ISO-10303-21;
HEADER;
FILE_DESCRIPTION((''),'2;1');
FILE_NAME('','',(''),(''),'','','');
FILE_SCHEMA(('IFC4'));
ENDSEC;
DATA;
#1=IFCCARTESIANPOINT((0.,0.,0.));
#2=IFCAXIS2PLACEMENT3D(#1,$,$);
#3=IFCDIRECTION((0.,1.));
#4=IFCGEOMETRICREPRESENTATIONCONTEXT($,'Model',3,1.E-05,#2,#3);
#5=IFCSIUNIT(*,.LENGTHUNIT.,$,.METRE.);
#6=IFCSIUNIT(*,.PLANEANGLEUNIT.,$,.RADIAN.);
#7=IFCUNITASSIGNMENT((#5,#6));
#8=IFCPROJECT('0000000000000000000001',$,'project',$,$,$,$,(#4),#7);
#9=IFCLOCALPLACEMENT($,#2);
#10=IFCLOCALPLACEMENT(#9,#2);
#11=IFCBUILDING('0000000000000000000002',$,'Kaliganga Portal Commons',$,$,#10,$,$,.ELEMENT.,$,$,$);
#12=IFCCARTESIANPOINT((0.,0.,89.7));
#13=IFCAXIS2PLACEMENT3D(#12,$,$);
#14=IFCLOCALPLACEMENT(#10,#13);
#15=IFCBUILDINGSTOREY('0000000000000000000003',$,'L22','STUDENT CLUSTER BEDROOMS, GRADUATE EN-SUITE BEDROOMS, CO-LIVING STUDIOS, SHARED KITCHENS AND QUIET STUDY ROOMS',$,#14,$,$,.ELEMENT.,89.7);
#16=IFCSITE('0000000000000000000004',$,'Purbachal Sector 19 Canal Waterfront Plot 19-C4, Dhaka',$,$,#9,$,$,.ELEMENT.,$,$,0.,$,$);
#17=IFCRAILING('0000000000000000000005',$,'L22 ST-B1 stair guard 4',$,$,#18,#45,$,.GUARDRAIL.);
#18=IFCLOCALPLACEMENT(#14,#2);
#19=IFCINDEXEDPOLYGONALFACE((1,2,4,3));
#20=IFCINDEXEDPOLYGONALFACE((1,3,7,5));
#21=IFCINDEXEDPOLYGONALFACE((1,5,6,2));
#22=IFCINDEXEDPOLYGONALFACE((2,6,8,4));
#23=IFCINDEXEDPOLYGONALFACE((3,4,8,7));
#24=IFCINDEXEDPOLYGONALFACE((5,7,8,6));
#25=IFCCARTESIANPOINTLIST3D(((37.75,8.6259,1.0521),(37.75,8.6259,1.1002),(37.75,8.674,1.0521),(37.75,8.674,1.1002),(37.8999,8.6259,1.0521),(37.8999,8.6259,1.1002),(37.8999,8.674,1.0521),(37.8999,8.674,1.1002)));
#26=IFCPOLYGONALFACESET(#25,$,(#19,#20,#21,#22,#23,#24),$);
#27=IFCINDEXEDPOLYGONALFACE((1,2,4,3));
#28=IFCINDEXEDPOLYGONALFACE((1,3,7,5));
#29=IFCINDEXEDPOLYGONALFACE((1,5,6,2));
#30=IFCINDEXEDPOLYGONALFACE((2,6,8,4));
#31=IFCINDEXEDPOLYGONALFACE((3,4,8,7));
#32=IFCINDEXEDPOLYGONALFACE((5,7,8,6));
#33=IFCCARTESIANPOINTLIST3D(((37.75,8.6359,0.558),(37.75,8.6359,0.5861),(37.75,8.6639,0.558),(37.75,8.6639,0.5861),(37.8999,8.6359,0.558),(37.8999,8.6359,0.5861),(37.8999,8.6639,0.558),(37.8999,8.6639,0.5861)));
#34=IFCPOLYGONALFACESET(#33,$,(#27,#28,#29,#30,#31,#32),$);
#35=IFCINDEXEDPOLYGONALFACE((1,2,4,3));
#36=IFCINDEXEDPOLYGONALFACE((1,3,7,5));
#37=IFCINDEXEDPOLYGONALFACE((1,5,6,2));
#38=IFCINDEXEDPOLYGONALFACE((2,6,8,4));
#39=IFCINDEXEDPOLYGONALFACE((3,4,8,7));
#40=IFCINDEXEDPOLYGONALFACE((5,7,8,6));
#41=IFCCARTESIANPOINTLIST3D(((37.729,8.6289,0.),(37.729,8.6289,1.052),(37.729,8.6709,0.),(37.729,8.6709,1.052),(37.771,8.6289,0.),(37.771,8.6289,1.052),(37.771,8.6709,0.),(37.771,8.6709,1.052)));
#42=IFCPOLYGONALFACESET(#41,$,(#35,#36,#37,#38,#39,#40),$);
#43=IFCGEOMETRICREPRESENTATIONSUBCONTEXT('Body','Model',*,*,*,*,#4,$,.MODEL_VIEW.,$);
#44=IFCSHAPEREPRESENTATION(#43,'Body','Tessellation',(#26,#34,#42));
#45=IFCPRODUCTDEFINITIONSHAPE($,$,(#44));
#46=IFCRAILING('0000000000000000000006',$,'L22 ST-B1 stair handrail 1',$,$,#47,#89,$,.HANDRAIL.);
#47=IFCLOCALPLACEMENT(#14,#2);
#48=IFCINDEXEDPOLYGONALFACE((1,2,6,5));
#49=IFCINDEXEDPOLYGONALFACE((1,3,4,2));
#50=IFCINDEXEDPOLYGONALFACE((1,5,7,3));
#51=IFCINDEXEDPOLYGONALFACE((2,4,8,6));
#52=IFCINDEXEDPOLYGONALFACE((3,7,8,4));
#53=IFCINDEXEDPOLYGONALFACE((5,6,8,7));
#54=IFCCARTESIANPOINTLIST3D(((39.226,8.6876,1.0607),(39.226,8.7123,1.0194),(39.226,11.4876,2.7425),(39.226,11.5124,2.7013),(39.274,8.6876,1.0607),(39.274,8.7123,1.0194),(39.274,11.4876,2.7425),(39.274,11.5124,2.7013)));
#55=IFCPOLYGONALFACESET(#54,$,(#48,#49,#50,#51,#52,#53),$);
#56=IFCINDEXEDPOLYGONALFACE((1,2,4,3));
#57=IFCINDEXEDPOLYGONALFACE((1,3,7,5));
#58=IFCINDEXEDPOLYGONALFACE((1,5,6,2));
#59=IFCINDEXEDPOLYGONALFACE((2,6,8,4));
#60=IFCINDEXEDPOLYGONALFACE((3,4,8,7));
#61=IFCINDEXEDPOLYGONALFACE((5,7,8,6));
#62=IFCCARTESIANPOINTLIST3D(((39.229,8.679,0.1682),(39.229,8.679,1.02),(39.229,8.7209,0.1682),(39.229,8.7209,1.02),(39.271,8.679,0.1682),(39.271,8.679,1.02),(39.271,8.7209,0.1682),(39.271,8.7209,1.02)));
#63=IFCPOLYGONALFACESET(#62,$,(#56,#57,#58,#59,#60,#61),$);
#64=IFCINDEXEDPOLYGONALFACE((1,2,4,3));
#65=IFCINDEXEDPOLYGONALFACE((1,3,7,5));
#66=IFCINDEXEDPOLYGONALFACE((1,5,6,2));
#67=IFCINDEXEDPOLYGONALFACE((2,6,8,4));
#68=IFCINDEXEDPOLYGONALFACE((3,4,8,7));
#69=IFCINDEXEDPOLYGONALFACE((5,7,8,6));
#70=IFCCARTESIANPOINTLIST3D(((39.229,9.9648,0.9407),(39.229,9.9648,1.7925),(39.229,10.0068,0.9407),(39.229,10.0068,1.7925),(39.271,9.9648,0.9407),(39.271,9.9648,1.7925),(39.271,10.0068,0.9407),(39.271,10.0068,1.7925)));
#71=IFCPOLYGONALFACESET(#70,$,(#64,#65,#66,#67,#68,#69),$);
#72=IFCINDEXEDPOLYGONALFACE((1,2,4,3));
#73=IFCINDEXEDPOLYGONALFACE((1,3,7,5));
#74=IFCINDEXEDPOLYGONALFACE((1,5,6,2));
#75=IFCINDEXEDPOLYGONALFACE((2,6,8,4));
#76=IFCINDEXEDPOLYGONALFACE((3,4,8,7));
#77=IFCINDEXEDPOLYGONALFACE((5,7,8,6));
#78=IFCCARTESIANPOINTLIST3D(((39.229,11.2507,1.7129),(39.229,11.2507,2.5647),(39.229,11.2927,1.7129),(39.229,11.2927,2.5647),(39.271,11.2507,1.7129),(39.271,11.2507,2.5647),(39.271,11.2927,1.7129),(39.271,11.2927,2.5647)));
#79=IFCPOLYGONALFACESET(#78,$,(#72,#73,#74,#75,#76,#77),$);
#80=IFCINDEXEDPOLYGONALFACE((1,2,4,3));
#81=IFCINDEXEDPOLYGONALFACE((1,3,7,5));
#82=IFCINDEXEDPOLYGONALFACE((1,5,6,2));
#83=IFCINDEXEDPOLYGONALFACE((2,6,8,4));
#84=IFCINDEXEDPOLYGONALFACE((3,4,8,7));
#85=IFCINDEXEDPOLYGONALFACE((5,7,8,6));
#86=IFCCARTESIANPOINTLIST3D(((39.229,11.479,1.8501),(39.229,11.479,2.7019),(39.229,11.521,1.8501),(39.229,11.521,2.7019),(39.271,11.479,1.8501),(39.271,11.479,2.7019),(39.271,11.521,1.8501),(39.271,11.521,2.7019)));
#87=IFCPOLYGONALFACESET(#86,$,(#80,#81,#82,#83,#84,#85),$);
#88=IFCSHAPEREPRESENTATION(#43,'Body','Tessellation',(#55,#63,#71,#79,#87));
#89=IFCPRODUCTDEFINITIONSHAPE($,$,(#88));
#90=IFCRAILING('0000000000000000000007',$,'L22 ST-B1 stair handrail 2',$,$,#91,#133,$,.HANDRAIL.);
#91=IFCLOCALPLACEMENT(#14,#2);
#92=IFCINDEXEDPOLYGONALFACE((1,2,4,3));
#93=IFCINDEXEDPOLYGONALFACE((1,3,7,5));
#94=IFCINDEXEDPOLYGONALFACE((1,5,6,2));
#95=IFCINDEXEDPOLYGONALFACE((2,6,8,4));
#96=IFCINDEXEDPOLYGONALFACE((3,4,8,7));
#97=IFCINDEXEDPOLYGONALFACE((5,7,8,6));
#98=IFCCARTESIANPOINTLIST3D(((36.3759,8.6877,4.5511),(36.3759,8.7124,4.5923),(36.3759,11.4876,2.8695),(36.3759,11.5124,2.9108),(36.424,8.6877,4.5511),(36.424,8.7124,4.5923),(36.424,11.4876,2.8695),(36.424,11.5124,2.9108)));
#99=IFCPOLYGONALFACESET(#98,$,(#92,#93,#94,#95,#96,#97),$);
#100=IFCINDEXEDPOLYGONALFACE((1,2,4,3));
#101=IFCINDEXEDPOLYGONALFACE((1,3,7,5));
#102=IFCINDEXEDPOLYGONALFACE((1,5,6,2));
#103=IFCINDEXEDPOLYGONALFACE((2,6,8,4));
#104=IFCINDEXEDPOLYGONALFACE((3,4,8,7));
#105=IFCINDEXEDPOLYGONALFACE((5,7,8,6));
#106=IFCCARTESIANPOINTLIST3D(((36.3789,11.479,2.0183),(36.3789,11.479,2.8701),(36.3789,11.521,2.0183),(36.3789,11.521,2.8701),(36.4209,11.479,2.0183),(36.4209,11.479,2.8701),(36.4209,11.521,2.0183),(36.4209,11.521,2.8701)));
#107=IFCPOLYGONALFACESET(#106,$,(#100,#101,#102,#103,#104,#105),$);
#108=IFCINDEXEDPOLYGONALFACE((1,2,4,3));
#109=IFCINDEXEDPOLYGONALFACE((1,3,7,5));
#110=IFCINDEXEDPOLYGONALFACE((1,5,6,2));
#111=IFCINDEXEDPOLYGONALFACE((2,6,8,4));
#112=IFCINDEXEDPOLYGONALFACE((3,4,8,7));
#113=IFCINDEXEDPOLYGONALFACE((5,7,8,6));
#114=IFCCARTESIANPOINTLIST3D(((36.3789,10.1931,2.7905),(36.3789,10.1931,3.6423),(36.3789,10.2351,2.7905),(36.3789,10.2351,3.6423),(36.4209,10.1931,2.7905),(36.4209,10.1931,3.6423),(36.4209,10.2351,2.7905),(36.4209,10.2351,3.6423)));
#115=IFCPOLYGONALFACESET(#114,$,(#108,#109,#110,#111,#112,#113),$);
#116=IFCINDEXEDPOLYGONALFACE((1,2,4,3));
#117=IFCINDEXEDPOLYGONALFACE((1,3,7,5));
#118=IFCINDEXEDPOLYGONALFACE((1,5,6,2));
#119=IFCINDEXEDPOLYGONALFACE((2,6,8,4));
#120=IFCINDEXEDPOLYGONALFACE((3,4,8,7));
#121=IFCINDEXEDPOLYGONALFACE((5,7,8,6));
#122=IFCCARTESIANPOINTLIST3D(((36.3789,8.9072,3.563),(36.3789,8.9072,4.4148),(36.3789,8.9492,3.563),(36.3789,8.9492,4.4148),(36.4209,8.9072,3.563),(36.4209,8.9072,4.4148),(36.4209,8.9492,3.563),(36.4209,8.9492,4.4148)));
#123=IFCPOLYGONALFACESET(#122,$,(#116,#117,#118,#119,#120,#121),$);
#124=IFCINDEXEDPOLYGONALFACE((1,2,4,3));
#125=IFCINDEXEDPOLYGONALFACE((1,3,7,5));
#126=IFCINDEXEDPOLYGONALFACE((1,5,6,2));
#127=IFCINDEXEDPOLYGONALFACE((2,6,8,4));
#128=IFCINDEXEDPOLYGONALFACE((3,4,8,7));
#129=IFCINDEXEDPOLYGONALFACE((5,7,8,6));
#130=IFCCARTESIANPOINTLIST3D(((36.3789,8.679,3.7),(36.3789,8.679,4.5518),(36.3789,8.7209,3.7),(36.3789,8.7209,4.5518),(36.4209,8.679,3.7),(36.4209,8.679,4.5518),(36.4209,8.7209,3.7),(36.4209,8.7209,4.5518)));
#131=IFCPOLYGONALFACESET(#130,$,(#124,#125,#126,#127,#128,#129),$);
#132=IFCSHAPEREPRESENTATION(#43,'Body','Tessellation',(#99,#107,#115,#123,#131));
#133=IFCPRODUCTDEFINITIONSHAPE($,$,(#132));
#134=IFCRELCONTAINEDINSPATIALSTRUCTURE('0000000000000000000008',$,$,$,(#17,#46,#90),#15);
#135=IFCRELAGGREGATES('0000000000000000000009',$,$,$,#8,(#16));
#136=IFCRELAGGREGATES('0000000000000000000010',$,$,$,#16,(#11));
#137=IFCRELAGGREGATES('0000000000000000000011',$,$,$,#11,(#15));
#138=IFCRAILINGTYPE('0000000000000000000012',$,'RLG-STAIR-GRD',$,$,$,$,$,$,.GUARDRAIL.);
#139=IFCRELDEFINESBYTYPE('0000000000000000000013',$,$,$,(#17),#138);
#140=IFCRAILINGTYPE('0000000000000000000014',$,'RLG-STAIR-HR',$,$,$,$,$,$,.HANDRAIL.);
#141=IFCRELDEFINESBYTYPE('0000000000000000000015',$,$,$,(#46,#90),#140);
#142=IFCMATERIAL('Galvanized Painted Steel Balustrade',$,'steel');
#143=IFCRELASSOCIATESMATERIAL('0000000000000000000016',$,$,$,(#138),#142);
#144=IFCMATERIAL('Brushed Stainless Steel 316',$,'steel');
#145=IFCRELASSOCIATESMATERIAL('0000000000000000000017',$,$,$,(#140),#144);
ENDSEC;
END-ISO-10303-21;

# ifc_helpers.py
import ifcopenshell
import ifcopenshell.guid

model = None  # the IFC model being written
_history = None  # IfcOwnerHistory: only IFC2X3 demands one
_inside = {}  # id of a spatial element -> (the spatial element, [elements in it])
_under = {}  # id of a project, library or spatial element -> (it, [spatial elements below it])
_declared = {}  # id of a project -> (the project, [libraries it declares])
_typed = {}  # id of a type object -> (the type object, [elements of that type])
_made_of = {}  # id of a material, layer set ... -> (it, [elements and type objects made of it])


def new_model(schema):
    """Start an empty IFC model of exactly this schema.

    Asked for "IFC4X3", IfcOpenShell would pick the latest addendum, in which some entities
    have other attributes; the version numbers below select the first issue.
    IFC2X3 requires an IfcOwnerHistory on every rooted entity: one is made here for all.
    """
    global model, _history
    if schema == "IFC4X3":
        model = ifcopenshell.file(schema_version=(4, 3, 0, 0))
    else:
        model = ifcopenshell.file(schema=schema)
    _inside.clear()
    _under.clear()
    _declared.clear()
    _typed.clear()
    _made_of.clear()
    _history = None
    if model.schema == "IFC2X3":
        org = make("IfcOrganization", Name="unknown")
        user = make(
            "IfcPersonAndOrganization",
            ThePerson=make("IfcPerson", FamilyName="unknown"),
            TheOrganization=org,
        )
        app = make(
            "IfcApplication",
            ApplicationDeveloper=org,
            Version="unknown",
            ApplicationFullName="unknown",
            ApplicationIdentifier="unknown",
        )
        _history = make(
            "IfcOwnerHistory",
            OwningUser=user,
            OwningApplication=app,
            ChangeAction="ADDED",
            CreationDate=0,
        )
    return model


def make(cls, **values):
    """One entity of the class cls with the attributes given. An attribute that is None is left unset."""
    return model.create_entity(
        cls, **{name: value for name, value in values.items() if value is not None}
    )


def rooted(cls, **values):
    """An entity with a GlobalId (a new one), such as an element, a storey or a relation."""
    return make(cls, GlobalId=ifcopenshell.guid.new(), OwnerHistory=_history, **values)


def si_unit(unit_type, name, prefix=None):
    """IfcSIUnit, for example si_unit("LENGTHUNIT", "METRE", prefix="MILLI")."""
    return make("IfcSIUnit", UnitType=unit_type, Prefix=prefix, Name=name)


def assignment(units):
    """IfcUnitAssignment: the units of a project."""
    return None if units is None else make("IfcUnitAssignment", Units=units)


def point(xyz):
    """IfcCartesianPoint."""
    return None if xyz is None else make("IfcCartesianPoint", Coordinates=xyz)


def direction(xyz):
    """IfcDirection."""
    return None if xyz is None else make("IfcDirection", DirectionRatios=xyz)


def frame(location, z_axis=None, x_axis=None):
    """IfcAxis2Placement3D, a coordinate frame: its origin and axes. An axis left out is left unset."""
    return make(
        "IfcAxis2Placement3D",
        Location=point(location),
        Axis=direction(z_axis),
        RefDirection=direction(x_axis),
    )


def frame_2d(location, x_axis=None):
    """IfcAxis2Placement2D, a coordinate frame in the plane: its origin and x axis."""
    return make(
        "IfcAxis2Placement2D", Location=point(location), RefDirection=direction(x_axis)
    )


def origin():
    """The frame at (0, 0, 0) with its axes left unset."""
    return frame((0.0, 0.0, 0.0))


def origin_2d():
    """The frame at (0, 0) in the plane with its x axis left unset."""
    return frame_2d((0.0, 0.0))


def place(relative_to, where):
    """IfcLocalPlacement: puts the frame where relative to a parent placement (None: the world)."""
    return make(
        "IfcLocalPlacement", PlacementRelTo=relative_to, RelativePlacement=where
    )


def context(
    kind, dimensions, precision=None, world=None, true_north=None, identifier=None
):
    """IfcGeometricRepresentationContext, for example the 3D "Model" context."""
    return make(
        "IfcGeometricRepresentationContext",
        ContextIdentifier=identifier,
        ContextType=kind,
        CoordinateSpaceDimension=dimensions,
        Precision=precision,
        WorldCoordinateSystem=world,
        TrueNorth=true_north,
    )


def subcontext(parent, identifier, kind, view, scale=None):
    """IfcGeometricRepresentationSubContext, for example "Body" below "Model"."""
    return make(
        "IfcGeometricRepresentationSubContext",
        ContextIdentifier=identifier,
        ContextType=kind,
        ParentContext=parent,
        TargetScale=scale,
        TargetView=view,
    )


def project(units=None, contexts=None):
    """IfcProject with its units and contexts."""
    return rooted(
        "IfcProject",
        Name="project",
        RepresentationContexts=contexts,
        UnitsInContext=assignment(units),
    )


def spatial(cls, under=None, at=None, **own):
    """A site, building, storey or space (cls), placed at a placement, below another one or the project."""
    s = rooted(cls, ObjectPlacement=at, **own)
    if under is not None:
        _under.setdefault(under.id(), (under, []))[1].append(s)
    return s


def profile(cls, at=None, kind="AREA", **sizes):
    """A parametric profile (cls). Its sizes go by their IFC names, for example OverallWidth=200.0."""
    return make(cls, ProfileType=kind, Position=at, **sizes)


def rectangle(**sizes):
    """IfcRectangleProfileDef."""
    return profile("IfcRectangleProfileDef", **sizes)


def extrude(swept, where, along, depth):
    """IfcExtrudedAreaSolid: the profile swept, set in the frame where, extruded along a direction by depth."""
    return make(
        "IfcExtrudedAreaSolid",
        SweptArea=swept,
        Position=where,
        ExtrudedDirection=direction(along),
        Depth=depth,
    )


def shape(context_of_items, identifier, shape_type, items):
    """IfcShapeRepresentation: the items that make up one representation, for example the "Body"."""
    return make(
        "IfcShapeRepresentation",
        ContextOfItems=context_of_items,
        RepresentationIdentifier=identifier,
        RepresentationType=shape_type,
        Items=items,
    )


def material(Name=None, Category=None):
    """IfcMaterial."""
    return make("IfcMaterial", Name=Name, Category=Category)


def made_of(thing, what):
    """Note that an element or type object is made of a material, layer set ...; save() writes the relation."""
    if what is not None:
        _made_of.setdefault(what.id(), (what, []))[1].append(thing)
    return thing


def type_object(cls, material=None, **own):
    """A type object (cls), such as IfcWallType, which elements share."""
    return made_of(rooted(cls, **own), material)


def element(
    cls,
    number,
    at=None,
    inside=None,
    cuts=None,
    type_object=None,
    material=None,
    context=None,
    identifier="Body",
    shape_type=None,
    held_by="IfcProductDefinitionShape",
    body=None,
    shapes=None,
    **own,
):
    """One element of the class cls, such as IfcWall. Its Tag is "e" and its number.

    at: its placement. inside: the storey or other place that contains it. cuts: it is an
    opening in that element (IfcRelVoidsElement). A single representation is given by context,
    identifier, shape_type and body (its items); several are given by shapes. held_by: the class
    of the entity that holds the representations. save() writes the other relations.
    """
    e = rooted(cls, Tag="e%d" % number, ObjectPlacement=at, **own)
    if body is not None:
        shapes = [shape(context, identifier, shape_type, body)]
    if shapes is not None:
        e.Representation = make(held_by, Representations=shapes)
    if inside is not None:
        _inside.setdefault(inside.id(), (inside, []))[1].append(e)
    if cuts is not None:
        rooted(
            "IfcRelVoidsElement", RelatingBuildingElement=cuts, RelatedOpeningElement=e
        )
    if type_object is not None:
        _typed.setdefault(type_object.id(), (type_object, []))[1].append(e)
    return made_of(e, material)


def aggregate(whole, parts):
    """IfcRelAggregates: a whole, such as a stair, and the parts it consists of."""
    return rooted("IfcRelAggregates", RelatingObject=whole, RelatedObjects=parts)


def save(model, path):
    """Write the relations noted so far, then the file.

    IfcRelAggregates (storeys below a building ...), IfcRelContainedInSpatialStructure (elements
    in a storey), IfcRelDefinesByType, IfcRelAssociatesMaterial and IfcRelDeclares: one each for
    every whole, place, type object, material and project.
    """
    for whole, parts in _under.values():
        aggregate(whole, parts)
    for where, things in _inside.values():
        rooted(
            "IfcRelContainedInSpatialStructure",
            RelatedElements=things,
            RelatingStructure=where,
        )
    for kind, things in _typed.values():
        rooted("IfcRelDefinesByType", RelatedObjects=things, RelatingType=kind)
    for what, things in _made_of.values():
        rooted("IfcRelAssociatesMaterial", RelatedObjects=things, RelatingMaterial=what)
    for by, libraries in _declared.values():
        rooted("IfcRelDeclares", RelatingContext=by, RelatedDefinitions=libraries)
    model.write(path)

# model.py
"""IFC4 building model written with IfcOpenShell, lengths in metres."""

from ifc_helpers import new_model, si_unit, direction, frame, origin, origin_2d, place, context, subcontext, project, spatial, rectangle, extrude, material, type_object, element, save


model = new_model("IFC4")

# Units and contexts
model_context = context("Model", 3, precision=1e-05, world=origin(), true_north=direction((0.0, 1.0)))
body_context = subcontext(model_context, "Body", "Model", "MODEL_VIEW")
ifc_project = project(units=[si_unit("LENGTHUNIT", "METRE"), si_unit("PLANEANGLEUNIT", "RADIAN")], contexts=[model_context])

# Site, building, storey
site_placement = place(None, origin())
site = spatial("IfcSite", under=ifc_project, at=site_placement, Name="Purbachal Sector 19 Canal Waterfront Plot 19-C4, Dhaka", CompositionType="ELEMENT", RefElevation=0.0)
building_placement = place(site_placement, origin())
building = spatial("IfcBuilding", under=site, at=building_placement, Name="Kaliganga Portal Commons", CompositionType="ELEMENT")
storey_placement = place(building_placement, frame((0.0, 0.0, 89.7)))
storey = spatial("IfcBuildingStorey", under=building, at=storey_placement, Name="L22", Description="STUDENT CLUSTER BEDROOMS, GRADUATE EN-SUITE BEDROOMS, CO-LIVING STUDIOS, SHARED KITCHENS AND QUIET STUDY ROOMS", CompositionType="ELEMENT", Elevation=89.7)

# Railings
ifc_material_1 = material(Name="Galvanized Painted Steel Balustrade", Category="steel")
railing_type_1 = type_object("IfcRailingType", Name="RLG-STAIR-GRD", PredefinedType="GUARDRAIL", material=ifc_material_1)
railing_1_placement = place(storey_placement, frame((37.8999, 8.6499, 0.0)))
element("IfcRailing", 1, at=railing_1_placement, inside=storey, type_object=railing_type_1, Name="L22 ST-B1 stair guard 4", PredefinedType="GUARDRAIL", context=body_context, shape_type="SweptSolid", body=[
    extrude(rectangle(XDim=0.0481, YDim=0.0481, at=origin_2d()), frame((0.0, 0.0, 1.0762), z_axis=(-1.0, 0.0, 0.0), x_axis=(0.0, -1.0, 0.0)), (0.0, 0.0, 1.0), 0.1499),
    extrude(rectangle(XDim=0.0281, YDim=0.0281, at=origin_2d()), frame((0.0, 0.0, 0.572), z_axis=(-1.0, 0.0, 0.0), x_axis=(0.0, -1.0, 0.0)), (0.0, 0.0, 1.0), 0.1499),
    extrude(rectangle(XDim=0.042, YDim=0.042, at=origin_2d()), frame((-0.1499, 0.0, 0.0)), (0.0, 0.0, 1.0), 1.052),
])
ifc_material_2 = material(Name="Brushed Stainless Steel 316", Category="steel")
railing_type_2 = type_object("IfcRailingType", Name="RLG-STAIR-HR", PredefinedType="HANDRAIL", material=ifc_material_2)
railing_2_placement = place(storey_placement, frame((39.25, 8.7, 0.1682)))
element("IfcRailing", 2, at=railing_2_placement, inside=storey, type_object=railing_type_2, Name="L22 ST-B1 stair handrail 1", PredefinedType="HANDRAIL", context=body_context, shape_type="SweptSolid", body=[
    extrude(rectangle(XDim=0.0481, YDim=0.0481, at=origin_2d()), frame((0.0, 0.0, 0.8718), z_axis=(0.0, 0.857242, 0.514913), x_axis=(-1.0, 0.0, 0.0)), (0.0, 0.0, 1.0), 3.2664),
    extrude(rectangle(XDim=0.042, YDim=0.042, at=origin_2d()), origin(), (0.0, 0.0, 1.0), 0.8518),
    extrude(rectangle(XDim=0.042, YDim=0.042, at=origin_2d()), frame((0.0, 1.2859, 0.7725)), (0.0, 0.0, 1.0), 0.8518),
    extrude(rectangle(XDim=0.042, YDim=0.042, at=origin_2d()), frame((0.0, 2.5718, 1.5447)), (0.0, 0.0, 1.0), 0.8518),
    extrude(rectangle(XDim=0.042, YDim=0.042, at=origin_2d()), frame((0.0, 2.8, 1.6819)), (0.0, 0.0, 1.0), 0.8518),
])
railing_3_placement = place(storey_placement, frame((36.3999, 11.5, 2.0183)))
element("IfcRailing", 3, at=railing_3_placement, inside=storey, type_object=railing_type_2, Name="L22 ST-B1 stair handrail 2", PredefinedType="HANDRAIL", context=body_context, shape_type="SweptSolid", body=[
    extrude(rectangle(XDim=0.0481, YDim=0.0481, at=origin_2d()), frame((0.0, 0.0, 0.8718), z_axis=(0.0, -0.857275, 0.514858), x_axis=(1.0, 0.0, 0.0)), (0.0, 0.0, 1.0), 3.2661),
    extrude(rectangle(XDim=0.042, YDim=0.042, at=origin_2d()), origin(), (0.0, 0.0, 1.0), 0.8518),
    extrude(rectangle(XDim=0.042, YDim=0.042, at=origin_2d()), frame((0.0, -1.2859, 0.7722)), (0.0, 0.0, 1.0), 0.8518),
    extrude(rectangle(XDim=0.042, YDim=0.042, at=origin_2d()), frame((0.0, -2.5718, 1.5447)), (0.0, 0.0, 1.0), 0.8518),
    extrude(rectangle(XDim=0.042, YDim=0.042, at=origin_2d()), frame((0.0, -2.8, 1.6816)), (0.0, 0.0, 1.0), 0.8518),
])

save(model, "model.ifc")
